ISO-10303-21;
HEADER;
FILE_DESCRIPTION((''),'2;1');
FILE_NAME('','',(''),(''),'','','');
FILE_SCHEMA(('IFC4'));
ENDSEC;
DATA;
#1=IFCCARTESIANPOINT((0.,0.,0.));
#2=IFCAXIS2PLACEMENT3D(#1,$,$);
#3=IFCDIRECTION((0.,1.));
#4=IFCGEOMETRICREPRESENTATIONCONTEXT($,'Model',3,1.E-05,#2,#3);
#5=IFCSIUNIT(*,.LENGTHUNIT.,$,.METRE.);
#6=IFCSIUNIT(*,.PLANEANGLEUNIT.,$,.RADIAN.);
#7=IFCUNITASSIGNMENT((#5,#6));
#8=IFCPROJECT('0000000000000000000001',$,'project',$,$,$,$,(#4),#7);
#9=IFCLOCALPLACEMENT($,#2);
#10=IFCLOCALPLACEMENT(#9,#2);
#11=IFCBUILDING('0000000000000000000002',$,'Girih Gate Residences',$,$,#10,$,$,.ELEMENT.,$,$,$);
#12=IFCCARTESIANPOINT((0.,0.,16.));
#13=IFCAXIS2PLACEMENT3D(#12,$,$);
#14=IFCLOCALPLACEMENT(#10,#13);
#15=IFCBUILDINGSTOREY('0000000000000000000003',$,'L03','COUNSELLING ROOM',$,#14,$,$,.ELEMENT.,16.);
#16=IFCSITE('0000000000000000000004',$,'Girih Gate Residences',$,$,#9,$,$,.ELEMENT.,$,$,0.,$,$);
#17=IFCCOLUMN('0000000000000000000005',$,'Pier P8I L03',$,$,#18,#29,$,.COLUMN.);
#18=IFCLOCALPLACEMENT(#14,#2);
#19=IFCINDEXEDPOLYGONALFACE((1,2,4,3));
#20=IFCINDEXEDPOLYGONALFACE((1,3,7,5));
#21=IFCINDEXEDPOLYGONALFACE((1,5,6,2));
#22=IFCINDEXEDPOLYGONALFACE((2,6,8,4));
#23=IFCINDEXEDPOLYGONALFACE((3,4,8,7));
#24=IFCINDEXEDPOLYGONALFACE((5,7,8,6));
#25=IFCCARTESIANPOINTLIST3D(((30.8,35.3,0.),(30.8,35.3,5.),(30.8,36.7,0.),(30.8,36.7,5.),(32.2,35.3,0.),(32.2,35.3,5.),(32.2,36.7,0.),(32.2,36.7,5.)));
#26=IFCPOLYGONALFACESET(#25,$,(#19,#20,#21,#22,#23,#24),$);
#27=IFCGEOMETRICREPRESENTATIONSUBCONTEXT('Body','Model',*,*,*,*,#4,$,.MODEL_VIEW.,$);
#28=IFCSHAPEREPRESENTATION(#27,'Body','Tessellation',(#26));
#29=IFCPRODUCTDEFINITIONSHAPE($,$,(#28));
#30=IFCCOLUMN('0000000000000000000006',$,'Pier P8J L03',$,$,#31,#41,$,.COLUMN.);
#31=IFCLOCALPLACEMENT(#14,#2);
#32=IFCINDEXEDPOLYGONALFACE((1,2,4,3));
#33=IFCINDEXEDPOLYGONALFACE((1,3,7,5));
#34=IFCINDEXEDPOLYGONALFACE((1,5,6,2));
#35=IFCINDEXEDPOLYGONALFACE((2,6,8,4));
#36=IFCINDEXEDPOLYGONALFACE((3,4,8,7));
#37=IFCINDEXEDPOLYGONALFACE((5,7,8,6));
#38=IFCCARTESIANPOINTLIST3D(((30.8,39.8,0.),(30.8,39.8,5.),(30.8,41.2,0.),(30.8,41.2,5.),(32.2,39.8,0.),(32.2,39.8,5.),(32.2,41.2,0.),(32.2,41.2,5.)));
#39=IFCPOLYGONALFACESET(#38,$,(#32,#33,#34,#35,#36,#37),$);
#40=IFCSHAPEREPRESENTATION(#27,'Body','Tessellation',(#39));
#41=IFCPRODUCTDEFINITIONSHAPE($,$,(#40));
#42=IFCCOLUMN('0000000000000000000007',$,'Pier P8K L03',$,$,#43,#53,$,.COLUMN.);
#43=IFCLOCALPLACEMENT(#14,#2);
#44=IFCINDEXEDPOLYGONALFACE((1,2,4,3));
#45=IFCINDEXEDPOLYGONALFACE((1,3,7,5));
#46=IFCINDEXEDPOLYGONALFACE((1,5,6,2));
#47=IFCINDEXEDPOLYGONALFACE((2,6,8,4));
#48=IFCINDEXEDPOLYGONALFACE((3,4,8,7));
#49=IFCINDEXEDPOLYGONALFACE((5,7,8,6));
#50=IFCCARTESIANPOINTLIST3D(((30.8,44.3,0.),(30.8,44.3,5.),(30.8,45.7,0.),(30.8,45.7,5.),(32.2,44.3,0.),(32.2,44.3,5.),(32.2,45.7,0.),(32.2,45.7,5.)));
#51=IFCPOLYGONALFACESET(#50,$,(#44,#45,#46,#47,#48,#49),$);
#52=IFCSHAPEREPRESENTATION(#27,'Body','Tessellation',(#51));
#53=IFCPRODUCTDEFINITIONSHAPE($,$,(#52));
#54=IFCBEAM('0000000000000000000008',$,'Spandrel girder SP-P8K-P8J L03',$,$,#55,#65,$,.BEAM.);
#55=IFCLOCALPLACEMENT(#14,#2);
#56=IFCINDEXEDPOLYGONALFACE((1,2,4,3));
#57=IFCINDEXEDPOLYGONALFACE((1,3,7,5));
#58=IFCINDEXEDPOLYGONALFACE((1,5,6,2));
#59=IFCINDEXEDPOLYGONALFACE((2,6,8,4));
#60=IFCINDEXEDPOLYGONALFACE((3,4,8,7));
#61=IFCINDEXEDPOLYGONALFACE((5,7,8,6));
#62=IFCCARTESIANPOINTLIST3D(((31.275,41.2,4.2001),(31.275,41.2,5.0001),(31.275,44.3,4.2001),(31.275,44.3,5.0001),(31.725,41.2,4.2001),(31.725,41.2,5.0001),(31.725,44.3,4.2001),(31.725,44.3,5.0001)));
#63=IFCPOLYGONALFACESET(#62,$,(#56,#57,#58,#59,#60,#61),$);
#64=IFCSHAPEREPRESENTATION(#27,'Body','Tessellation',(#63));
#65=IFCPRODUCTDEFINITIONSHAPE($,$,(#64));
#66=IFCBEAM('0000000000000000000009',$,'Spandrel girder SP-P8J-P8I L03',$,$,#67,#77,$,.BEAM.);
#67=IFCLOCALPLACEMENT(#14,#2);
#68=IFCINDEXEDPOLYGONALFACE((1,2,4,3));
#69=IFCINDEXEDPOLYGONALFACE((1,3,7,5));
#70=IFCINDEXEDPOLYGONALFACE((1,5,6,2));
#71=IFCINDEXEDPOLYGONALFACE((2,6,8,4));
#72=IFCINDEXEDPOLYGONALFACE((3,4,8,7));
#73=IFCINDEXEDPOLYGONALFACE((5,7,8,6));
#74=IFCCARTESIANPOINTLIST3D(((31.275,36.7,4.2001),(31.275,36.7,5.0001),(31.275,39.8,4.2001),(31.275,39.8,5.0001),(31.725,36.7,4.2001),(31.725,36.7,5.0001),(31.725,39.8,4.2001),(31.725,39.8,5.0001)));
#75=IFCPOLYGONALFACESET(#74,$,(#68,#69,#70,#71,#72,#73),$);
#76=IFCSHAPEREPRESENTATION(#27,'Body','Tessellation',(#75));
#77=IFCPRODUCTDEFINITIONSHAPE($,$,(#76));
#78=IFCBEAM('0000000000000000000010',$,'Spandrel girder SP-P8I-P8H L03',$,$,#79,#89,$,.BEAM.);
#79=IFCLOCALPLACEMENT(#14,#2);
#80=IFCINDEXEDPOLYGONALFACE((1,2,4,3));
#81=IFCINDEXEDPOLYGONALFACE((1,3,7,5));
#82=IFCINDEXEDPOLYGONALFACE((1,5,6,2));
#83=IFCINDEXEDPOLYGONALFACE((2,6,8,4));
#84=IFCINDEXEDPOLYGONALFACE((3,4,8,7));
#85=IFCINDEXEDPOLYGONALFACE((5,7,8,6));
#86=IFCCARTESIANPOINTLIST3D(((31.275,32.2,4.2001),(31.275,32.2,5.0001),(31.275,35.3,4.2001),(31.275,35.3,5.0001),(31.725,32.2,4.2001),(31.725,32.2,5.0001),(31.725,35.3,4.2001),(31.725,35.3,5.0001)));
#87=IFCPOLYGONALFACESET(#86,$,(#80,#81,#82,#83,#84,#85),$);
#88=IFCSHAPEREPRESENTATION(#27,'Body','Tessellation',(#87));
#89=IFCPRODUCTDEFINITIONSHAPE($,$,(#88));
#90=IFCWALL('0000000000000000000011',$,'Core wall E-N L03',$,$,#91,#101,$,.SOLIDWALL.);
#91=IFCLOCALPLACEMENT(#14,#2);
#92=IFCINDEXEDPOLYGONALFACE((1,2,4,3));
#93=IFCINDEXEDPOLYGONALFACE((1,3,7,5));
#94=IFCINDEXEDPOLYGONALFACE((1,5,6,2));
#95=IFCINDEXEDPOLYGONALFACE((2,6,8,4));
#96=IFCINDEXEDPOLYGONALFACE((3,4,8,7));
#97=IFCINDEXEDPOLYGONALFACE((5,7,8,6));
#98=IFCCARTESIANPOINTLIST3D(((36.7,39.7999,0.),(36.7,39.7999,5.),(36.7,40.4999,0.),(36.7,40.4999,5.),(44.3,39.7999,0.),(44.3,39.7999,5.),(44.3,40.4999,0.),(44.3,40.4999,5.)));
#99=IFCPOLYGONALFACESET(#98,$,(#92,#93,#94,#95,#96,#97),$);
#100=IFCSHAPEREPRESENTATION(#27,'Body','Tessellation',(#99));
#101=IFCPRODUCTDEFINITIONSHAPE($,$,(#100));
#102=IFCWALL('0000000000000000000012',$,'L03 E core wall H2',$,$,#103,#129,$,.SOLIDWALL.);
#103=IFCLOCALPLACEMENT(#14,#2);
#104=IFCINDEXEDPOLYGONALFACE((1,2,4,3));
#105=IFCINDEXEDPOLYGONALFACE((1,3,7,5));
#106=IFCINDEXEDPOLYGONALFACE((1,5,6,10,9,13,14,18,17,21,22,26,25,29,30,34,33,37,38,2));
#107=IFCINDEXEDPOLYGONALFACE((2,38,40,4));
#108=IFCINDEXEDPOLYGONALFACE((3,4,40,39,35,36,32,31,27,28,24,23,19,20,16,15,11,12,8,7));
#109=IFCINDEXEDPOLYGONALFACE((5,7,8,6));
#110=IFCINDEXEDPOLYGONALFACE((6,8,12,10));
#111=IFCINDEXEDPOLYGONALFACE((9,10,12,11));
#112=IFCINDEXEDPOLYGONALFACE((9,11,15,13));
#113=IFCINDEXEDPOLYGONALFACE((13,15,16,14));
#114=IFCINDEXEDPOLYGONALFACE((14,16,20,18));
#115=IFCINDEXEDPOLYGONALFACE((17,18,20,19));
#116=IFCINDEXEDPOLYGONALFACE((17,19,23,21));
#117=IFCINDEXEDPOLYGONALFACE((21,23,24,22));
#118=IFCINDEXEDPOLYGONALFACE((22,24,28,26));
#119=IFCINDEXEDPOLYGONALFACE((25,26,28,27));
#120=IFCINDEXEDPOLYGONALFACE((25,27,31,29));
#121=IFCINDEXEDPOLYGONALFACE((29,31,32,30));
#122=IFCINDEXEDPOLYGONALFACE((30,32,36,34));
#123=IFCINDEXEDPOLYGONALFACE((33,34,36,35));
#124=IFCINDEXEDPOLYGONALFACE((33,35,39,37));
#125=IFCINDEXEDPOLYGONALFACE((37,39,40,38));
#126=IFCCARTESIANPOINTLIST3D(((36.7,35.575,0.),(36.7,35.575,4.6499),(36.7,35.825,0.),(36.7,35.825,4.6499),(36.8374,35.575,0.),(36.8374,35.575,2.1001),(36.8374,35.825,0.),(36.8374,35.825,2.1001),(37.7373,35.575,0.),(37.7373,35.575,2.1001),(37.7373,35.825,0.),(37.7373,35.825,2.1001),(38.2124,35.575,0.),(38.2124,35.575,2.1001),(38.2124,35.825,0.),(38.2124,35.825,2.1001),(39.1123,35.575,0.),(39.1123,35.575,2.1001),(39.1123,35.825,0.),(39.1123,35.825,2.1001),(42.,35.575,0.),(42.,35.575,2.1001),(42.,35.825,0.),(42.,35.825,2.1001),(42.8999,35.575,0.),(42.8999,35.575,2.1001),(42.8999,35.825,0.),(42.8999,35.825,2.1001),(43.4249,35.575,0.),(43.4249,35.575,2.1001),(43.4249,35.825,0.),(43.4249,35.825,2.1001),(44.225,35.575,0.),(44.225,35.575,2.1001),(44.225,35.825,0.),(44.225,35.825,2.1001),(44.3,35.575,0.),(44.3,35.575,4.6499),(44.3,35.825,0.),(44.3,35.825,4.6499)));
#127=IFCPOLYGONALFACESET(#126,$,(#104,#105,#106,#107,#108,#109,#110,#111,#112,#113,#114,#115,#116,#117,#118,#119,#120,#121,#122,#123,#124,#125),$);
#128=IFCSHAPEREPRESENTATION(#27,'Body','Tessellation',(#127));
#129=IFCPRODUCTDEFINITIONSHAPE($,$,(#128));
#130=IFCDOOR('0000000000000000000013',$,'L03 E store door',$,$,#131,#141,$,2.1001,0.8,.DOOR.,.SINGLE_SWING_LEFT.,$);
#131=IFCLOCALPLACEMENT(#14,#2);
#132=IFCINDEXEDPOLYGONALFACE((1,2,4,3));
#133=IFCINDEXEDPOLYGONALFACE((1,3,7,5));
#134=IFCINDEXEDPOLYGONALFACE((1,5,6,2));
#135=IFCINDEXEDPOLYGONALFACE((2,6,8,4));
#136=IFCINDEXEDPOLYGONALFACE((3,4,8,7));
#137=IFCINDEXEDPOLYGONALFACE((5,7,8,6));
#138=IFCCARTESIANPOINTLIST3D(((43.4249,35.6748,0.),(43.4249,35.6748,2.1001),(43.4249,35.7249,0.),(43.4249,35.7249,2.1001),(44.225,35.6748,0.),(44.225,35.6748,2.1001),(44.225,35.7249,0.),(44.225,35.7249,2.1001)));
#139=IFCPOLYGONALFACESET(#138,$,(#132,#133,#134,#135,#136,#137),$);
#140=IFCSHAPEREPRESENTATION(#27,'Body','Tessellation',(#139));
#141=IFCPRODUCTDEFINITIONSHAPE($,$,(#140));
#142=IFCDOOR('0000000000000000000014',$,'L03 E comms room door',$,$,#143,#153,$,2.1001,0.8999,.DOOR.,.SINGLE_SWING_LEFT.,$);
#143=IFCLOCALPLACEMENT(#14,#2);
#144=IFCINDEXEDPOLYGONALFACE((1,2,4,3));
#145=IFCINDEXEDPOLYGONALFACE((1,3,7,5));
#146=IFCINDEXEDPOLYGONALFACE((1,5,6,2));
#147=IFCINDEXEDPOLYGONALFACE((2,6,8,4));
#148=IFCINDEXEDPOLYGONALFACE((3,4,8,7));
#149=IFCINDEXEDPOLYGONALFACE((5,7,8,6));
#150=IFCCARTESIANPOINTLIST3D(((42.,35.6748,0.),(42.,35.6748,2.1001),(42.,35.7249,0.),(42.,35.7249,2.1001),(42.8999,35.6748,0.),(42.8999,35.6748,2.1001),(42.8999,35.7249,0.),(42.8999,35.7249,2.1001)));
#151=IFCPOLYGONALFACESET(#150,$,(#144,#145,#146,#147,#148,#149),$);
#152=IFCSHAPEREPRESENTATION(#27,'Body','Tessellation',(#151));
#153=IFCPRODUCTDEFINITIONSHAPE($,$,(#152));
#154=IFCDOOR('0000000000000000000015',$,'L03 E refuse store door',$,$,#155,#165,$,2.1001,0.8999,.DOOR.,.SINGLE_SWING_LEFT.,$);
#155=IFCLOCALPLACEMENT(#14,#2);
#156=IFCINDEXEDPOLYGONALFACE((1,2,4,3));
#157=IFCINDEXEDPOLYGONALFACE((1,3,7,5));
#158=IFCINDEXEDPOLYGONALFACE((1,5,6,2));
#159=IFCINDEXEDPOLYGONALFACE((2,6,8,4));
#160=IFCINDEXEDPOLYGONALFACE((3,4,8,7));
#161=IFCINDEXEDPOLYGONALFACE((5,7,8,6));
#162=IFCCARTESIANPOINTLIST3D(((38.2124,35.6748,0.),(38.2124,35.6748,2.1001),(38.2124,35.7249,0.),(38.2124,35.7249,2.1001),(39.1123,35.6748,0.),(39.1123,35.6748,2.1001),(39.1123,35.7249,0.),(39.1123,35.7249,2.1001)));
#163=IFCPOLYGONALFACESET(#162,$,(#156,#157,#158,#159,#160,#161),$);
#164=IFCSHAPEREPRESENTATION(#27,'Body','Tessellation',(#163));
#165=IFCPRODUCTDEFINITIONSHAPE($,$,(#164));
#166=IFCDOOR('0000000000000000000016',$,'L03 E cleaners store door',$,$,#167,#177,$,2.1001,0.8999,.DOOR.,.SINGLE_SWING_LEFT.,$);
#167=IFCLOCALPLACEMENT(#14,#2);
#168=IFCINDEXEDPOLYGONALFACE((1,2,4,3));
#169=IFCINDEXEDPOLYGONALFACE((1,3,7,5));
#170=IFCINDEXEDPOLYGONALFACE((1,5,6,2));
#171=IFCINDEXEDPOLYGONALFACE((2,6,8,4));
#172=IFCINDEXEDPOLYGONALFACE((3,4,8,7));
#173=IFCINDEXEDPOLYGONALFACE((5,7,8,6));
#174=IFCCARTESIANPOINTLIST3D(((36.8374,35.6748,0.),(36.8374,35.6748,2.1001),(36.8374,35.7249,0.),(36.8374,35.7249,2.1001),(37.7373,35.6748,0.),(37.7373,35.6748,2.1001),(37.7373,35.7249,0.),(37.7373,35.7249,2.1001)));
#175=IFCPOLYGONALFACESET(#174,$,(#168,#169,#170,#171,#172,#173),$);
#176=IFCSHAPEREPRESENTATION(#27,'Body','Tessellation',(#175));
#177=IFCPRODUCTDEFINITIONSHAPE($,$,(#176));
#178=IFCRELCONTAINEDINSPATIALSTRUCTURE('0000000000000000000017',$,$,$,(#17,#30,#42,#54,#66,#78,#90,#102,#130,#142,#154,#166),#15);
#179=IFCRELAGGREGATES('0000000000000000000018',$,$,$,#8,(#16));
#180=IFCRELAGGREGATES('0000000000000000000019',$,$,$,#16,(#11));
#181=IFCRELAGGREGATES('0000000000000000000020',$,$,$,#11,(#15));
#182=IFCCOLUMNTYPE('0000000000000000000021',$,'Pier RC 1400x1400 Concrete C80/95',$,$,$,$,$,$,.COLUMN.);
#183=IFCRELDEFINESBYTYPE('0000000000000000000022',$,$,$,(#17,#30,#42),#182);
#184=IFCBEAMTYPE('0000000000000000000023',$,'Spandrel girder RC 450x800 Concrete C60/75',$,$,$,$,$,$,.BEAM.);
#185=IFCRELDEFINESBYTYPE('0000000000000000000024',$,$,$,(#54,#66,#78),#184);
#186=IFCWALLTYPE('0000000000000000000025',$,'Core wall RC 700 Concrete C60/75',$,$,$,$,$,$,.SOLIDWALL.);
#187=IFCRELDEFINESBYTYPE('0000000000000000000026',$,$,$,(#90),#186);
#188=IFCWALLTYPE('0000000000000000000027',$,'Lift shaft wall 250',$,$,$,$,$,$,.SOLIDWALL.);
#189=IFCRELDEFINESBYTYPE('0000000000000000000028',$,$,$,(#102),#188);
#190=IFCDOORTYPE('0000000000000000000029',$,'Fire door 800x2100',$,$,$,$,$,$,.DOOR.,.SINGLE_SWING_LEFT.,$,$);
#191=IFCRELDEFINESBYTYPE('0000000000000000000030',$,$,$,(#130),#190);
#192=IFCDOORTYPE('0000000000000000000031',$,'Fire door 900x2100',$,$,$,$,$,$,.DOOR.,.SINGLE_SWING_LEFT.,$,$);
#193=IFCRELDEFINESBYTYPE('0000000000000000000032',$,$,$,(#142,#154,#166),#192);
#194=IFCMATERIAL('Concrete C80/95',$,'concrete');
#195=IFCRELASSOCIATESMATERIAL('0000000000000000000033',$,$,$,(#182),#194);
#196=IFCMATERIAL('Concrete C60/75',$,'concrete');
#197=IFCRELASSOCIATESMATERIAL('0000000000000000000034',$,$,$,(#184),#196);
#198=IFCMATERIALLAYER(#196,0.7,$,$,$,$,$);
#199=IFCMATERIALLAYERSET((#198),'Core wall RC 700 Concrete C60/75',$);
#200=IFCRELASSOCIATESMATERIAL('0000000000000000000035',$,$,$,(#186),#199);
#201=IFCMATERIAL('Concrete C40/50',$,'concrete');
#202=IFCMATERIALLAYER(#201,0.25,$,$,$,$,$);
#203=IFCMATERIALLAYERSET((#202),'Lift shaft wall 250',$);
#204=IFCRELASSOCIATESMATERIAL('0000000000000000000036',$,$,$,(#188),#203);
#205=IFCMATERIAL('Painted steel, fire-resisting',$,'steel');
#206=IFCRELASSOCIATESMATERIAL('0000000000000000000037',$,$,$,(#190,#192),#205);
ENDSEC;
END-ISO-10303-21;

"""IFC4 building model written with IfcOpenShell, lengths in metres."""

from ifc_helpers import new_model, si_unit, direction, frame, frame_2d, origin, origin_2d, place, context, subcontext, project, spatial, rectangle, extrude, material, layer, layer_set, material_profile, profile_set, type_object, element, fill, save


model = new_model("IFC4")

# Units and contexts
model_context = context("Model", 3, precision=1e-05, world=origin(), true_north=direction((0.0, 1.0)))
body_context = subcontext(model_context, "Body", "Model", "MODEL_VIEW")
ifc_project = project(units=[si_unit("LENGTHUNIT", "METRE"), si_unit("PLANEANGLEUNIT", "RADIAN")], contexts=[model_context])

# Site, building, storey
site_placement = place(None, origin())
site = spatial("IfcSite", under=ifc_project, at=site_placement, Name="Girih Gate Residences", CompositionType="ELEMENT", RefElevation=0.0)
building_placement = place(site_placement, origin())
building = spatial("IfcBuilding", under=site, at=building_placement, Name="Girih Gate Residences", CompositionType="ELEMENT")
storey_placement = place(building_placement, frame((0.0, 0.0, 16.0)))
storey = spatial("IfcBuildingStorey", under=building, at=storey_placement, Name="L03", Description="COUNSELLING ROOM", CompositionType="ELEMENT", Elevation=16.0)

# Columns
ifc_material_1 = material(Name="Concrete C80/95", Category="concrete")
ifc_material_profile_1 = material_profile(ifc_material_1, rectangle(XDim=1.3999, YDim=1.3999, at=origin_2d()))
ifc_profile_set_1 = profile_set([ifc_material_profile_1], Name="Concrete C80/95")
column_type = type_object("IfcColumnType", Name="Pier RC 1400x1400 Concrete C80/95", PredefinedType="COLUMN", material=ifc_profile_set_1)
for number, where, z_axis, x_axis, name in (
    (1, (31.5, 36.0, 0.0), (0.0, 0.0, 1.0), (1.0, 0.0, 0.0), "Pier P8I L03"),
    (2, (31.5, 40.5, 0.0), (0.0, 0.0, 1.0), (1.0, 0.0, 0.0), "Pier P8J L03"),
    (3, (31.5, 45.0, 0.0), (0.0, 0.0, 1.0), (1.0, 0.0, 0.0), "Pier P8K L03"),
):
    element("IfcColumn", number, at=place(storey_placement, frame(where, z_axis=z_axis, x_axis=x_axis)), inside=storey, type_object=column_type, Name=name, PredefinedType="COLUMN", context=body_context, shape_type="SweptSolid", body=[
        extrude(rectangle(XDim=1.3999, YDim=1.3999, at=origin_2d()), origin(), (0.0, 0.0, 1.0), 5.0),
    ])

# Beams
ifc_material_2 = material(Name="Concrete C60/75", Category="concrete")
ifc_material_profile_2 = material_profile(ifc_material_2, rectangle(XDim=0.45, YDim=0.8, at=origin_2d()))
ifc_profile_set_2 = profile_set([ifc_material_profile_2], Name="Concrete C60/75")
beam_type = type_object("IfcBeamType", Name="Spandrel girder RC 450x800 Concrete C60/75", PredefinedType="BEAM", material=ifc_profile_set_2)
for number, where, z_axis, x_axis, name in (
    (4, (31.5, 44.3, 4.6001), (0.0, -1.0, 0.0), (1.0, 0.0, 0.0), "Spandrel girder SP-P8K-P8J L03"),
    (5, (31.5, 39.8, 4.6001), (0.0, -1.0, 0.0), (1.0, 0.0, 0.0), "Spandrel girder SP-P8J-P8I L03"),
    (6, (31.5, 35.3, 4.6001), (0.0, -1.0, 0.0), (1.0, 0.0, 0.0), "Spandrel girder SP-P8I-P8H L03"),
):
    element("IfcBeam", number, at=place(storey_placement, frame(where, z_axis=z_axis, x_axis=x_axis)), inside=storey, type_object=beam_type, Name=name, PredefinedType="BEAM", context=body_context, shape_type="SweptSolid", body=[
        extrude(rectangle(XDim=0.45, YDim=0.8, at=origin_2d()), origin(), (0.0, 0.0, 1.0), 3.1001),
    ])

# Wall
ifc_layer_1 = layer(ifc_material_2, 0.7)
ifc_layer_set_1 = layer_set([ifc_layer_1], Name="Core wall RC 700 Concrete C60/75")
wall_type_1 = type_object("IfcWallType", Name="Core wall RC 700 Concrete C60/75", PredefinedType="SOLIDWALL", material=ifc_layer_set_1)
wall_1_placement = place(storey_placement, frame((36.7, 40.1499, 0.0), z_axis=(0.0, 0.0, 1.0), x_axis=(1.0, 0.0, 0.0)))
element("IfcWall", 7, at=wall_1_placement, inside=storey, type_object=wall_type_1, Name="Core wall E-N L03", PredefinedType="SOLIDWALL", context=body_context, shape_type="SweptSolid", body=[
    extrude(rectangle(XDim=7.6001, YDim=0.7, at=frame_2d((3.8, 0.0))), origin(), (0.0, 0.0, 1.0), 5.0),
])

# Wall, openings, doors
ifc_material_3 = material(Name="Concrete C40/50", Category="concrete")
ifc_layer_2 = layer(ifc_material_3, 0.25)
ifc_layer_set_2 = layer_set([ifc_layer_2], Name="Lift shaft wall 250")
wall_type_2 = type_object("IfcWallType", Name="Lift shaft wall 250", PredefinedType="SOLIDWALL", material=ifc_layer_set_2)
wall_2_placement = place(storey_placement, frame((36.7, 35.7, 0.0), z_axis=(0.0, 0.0, 1.0), x_axis=(1.0, 0.0, 0.0)))
wall_2 = element("IfcWall", 8, at=wall_2_placement, inside=storey, type_object=wall_type_2, Name="L03 E core wall H2", PredefinedType="SOLIDWALL", context=body_context, shape_type="SweptSolid", body=[
    extrude(rectangle(XDim=7.6001, YDim=0.25, at=frame_2d((3.8, 0.0))), origin(), (0.0, 0.0, 1.0), 4.6499),
])
opening_1_placement = place(wall_2_placement, frame((6.7251, 0.0, 0.0)))
opening_1 = element("IfcOpeningElement", 9, at=opening_1_placement, cuts=wall_2, PredefinedType="OPENING", context=body_context, shape_type="SweptSolid", body=[
    extrude(rectangle(XDim=0.8, YDim=2.1001, at=frame_2d((0.3999, 1.05))), frame((0.0, 0.135, 0.0), z_axis=(0.0, -1.0, 0.0), x_axis=(1.0, 0.0, 0.0)), (0.0, 0.0, 1.0), 0.27),
])
opening_2_placement = place(wall_2_placement, frame((5.3, 0.0, 0.0)))
opening_2 = element("IfcOpeningElement", 10, at=opening_2_placement, cuts=wall_2, PredefinedType="OPENING", context=body_context, shape_type="SweptSolid", body=[
    extrude(rectangle(XDim=0.8999, YDim=2.1001, at=frame_2d((0.45, 1.05))), frame((0.0, 0.135, 0.0), z_axis=(0.0, -1.0, 0.0), x_axis=(1.0, 0.0, 0.0)), (0.0, 0.0, 1.0), 0.27),
])
opening_3_placement = place(wall_2_placement, frame((1.5125, 0.0, 0.0)))
opening_3 = element("IfcOpeningElement", 11, at=opening_3_placement, cuts=wall_2, PredefinedType="OPENING", context=body_context, shape_type="SweptSolid", body=[
    extrude(rectangle(XDim=0.8999, YDim=2.1001, at=frame_2d((0.45, 1.05))), frame((0.0, 0.135, 0.0), z_axis=(0.0, -1.0, 0.0), x_axis=(1.0, 0.0, 0.0)), (0.0, 0.0, 1.0), 0.27),
])
opening_4_placement = place(wall_2_placement, frame((0.1375, 0.0, 0.0)))
opening_4 = element("IfcOpeningElement", 12, at=opening_4_placement, cuts=wall_2, PredefinedType="OPENING", context=body_context, shape_type="SweptSolid", body=[
    extrude(rectangle(XDim=0.8999, YDim=2.1001, at=frame_2d((0.45, 1.05))), frame((0.0, 0.135, 0.0), z_axis=(0.0, -1.0, 0.0), x_axis=(1.0, 0.0, 0.0)), (0.0, 0.0, 1.0), 0.27),
])
ifc_material_4 = material(Name="Painted steel, fire-resisting", Category="steel")
door_type_1 = type_object("IfcDoorType", Name="Fire door 800x2100", OperationType="SINGLE_SWING_LEFT", PredefinedType="DOOR", material=ifc_material_4)
door_1_placement = place(opening_1_placement, origin())
door_1 = element("IfcDoor", 13, at=door_1_placement, inside=storey, type_object=door_type_1, Name="L03 E store door", OperationType="SINGLE_SWING_LEFT", OverallHeight=2.1001, OverallWidth=0.8, PredefinedType="DOOR", context=body_context, shape_type="SweptSolid", body=[
    extrude(rectangle(XDim=0.8, YDim=2.1001, at=frame_2d((0.3999, 1.05))), frame((0.0, 0.0249, 0.0), z_axis=(0.0, -1.0, 0.0), x_axis=(1.0, 0.0, 0.0)), (0.0, 0.0, 1.0), 0.05),
])
fill(opening_1, door_1)
door_type_2 = type_object("IfcDoorType", Name="Fire door 900x2100", OperationType="SINGLE_SWING_LEFT", PredefinedType="DOOR", material=ifc_material_4)
door_2_placement = place(opening_2_placement, origin())
door_2 = element("IfcDoor", 14, at=door_2_placement, inside=storey, type_object=door_type_2, Name="L03 E comms room door", OperationType="SINGLE_SWING_LEFT", OverallHeight=2.1001, OverallWidth=0.8999, PredefinedType="DOOR", context=body_context, shape_type="SweptSolid", body=[
    extrude(rectangle(XDim=0.8999, YDim=2.1001, at=frame_2d((0.45, 1.05))), frame((0.0, 0.0249, 0.0), z_axis=(0.0, -1.0, 0.0), x_axis=(1.0, 0.0, 0.0)), (0.0, 0.0, 1.0), 0.05),
])
fill(opening_2, door_2)
door_3_placement = place(opening_3_placement, origin())
door_3 = element("IfcDoor", 15, at=door_3_placement, inside=storey, type_object=door_type_2, Name="L03 E refuse store door", OperationType="SINGLE_SWING_LEFT", OverallHeight=2.1001, OverallWidth=0.8999, PredefinedType="DOOR", context=body_context, shape_type="SweptSolid", body=[
    extrude(rectangle(XDim=0.8999, YDim=2.1001, at=frame_2d((0.45, 1.05))), frame((0.0, 0.0249, 0.0), z_axis=(0.0, -1.0, 0.0), x_axis=(1.0, 0.0, 0.0)), (0.0, 0.0, 1.0), 0.05),
])
fill(opening_3, door_3)
door_4_placement = place(opening_4_placement, origin())
door_4 = element("IfcDoor", 16, at=door_4_placement, inside=storey, type_object=door_type_2, Name="L03 E cleaners store door", OperationType="SINGLE_SWING_LEFT", OverallHeight=2.1001, OverallWidth=0.8999, PredefinedType="DOOR", context=body_context, shape_type="SweptSolid", body=[
    extrude(rectangle(XDim=0.8999, YDim=2.1001, at=frame_2d((0.45, 1.05))), frame((0.0, 0.0249, 0.0), z_axis=(0.0, -1.0, 0.0), x_axis=(1.0, 0.0, 0.0)), (0.0, 0.0, 1.0), 0.05),
])
fill(opening_4, door_4)

save(model, "model.ifc")
